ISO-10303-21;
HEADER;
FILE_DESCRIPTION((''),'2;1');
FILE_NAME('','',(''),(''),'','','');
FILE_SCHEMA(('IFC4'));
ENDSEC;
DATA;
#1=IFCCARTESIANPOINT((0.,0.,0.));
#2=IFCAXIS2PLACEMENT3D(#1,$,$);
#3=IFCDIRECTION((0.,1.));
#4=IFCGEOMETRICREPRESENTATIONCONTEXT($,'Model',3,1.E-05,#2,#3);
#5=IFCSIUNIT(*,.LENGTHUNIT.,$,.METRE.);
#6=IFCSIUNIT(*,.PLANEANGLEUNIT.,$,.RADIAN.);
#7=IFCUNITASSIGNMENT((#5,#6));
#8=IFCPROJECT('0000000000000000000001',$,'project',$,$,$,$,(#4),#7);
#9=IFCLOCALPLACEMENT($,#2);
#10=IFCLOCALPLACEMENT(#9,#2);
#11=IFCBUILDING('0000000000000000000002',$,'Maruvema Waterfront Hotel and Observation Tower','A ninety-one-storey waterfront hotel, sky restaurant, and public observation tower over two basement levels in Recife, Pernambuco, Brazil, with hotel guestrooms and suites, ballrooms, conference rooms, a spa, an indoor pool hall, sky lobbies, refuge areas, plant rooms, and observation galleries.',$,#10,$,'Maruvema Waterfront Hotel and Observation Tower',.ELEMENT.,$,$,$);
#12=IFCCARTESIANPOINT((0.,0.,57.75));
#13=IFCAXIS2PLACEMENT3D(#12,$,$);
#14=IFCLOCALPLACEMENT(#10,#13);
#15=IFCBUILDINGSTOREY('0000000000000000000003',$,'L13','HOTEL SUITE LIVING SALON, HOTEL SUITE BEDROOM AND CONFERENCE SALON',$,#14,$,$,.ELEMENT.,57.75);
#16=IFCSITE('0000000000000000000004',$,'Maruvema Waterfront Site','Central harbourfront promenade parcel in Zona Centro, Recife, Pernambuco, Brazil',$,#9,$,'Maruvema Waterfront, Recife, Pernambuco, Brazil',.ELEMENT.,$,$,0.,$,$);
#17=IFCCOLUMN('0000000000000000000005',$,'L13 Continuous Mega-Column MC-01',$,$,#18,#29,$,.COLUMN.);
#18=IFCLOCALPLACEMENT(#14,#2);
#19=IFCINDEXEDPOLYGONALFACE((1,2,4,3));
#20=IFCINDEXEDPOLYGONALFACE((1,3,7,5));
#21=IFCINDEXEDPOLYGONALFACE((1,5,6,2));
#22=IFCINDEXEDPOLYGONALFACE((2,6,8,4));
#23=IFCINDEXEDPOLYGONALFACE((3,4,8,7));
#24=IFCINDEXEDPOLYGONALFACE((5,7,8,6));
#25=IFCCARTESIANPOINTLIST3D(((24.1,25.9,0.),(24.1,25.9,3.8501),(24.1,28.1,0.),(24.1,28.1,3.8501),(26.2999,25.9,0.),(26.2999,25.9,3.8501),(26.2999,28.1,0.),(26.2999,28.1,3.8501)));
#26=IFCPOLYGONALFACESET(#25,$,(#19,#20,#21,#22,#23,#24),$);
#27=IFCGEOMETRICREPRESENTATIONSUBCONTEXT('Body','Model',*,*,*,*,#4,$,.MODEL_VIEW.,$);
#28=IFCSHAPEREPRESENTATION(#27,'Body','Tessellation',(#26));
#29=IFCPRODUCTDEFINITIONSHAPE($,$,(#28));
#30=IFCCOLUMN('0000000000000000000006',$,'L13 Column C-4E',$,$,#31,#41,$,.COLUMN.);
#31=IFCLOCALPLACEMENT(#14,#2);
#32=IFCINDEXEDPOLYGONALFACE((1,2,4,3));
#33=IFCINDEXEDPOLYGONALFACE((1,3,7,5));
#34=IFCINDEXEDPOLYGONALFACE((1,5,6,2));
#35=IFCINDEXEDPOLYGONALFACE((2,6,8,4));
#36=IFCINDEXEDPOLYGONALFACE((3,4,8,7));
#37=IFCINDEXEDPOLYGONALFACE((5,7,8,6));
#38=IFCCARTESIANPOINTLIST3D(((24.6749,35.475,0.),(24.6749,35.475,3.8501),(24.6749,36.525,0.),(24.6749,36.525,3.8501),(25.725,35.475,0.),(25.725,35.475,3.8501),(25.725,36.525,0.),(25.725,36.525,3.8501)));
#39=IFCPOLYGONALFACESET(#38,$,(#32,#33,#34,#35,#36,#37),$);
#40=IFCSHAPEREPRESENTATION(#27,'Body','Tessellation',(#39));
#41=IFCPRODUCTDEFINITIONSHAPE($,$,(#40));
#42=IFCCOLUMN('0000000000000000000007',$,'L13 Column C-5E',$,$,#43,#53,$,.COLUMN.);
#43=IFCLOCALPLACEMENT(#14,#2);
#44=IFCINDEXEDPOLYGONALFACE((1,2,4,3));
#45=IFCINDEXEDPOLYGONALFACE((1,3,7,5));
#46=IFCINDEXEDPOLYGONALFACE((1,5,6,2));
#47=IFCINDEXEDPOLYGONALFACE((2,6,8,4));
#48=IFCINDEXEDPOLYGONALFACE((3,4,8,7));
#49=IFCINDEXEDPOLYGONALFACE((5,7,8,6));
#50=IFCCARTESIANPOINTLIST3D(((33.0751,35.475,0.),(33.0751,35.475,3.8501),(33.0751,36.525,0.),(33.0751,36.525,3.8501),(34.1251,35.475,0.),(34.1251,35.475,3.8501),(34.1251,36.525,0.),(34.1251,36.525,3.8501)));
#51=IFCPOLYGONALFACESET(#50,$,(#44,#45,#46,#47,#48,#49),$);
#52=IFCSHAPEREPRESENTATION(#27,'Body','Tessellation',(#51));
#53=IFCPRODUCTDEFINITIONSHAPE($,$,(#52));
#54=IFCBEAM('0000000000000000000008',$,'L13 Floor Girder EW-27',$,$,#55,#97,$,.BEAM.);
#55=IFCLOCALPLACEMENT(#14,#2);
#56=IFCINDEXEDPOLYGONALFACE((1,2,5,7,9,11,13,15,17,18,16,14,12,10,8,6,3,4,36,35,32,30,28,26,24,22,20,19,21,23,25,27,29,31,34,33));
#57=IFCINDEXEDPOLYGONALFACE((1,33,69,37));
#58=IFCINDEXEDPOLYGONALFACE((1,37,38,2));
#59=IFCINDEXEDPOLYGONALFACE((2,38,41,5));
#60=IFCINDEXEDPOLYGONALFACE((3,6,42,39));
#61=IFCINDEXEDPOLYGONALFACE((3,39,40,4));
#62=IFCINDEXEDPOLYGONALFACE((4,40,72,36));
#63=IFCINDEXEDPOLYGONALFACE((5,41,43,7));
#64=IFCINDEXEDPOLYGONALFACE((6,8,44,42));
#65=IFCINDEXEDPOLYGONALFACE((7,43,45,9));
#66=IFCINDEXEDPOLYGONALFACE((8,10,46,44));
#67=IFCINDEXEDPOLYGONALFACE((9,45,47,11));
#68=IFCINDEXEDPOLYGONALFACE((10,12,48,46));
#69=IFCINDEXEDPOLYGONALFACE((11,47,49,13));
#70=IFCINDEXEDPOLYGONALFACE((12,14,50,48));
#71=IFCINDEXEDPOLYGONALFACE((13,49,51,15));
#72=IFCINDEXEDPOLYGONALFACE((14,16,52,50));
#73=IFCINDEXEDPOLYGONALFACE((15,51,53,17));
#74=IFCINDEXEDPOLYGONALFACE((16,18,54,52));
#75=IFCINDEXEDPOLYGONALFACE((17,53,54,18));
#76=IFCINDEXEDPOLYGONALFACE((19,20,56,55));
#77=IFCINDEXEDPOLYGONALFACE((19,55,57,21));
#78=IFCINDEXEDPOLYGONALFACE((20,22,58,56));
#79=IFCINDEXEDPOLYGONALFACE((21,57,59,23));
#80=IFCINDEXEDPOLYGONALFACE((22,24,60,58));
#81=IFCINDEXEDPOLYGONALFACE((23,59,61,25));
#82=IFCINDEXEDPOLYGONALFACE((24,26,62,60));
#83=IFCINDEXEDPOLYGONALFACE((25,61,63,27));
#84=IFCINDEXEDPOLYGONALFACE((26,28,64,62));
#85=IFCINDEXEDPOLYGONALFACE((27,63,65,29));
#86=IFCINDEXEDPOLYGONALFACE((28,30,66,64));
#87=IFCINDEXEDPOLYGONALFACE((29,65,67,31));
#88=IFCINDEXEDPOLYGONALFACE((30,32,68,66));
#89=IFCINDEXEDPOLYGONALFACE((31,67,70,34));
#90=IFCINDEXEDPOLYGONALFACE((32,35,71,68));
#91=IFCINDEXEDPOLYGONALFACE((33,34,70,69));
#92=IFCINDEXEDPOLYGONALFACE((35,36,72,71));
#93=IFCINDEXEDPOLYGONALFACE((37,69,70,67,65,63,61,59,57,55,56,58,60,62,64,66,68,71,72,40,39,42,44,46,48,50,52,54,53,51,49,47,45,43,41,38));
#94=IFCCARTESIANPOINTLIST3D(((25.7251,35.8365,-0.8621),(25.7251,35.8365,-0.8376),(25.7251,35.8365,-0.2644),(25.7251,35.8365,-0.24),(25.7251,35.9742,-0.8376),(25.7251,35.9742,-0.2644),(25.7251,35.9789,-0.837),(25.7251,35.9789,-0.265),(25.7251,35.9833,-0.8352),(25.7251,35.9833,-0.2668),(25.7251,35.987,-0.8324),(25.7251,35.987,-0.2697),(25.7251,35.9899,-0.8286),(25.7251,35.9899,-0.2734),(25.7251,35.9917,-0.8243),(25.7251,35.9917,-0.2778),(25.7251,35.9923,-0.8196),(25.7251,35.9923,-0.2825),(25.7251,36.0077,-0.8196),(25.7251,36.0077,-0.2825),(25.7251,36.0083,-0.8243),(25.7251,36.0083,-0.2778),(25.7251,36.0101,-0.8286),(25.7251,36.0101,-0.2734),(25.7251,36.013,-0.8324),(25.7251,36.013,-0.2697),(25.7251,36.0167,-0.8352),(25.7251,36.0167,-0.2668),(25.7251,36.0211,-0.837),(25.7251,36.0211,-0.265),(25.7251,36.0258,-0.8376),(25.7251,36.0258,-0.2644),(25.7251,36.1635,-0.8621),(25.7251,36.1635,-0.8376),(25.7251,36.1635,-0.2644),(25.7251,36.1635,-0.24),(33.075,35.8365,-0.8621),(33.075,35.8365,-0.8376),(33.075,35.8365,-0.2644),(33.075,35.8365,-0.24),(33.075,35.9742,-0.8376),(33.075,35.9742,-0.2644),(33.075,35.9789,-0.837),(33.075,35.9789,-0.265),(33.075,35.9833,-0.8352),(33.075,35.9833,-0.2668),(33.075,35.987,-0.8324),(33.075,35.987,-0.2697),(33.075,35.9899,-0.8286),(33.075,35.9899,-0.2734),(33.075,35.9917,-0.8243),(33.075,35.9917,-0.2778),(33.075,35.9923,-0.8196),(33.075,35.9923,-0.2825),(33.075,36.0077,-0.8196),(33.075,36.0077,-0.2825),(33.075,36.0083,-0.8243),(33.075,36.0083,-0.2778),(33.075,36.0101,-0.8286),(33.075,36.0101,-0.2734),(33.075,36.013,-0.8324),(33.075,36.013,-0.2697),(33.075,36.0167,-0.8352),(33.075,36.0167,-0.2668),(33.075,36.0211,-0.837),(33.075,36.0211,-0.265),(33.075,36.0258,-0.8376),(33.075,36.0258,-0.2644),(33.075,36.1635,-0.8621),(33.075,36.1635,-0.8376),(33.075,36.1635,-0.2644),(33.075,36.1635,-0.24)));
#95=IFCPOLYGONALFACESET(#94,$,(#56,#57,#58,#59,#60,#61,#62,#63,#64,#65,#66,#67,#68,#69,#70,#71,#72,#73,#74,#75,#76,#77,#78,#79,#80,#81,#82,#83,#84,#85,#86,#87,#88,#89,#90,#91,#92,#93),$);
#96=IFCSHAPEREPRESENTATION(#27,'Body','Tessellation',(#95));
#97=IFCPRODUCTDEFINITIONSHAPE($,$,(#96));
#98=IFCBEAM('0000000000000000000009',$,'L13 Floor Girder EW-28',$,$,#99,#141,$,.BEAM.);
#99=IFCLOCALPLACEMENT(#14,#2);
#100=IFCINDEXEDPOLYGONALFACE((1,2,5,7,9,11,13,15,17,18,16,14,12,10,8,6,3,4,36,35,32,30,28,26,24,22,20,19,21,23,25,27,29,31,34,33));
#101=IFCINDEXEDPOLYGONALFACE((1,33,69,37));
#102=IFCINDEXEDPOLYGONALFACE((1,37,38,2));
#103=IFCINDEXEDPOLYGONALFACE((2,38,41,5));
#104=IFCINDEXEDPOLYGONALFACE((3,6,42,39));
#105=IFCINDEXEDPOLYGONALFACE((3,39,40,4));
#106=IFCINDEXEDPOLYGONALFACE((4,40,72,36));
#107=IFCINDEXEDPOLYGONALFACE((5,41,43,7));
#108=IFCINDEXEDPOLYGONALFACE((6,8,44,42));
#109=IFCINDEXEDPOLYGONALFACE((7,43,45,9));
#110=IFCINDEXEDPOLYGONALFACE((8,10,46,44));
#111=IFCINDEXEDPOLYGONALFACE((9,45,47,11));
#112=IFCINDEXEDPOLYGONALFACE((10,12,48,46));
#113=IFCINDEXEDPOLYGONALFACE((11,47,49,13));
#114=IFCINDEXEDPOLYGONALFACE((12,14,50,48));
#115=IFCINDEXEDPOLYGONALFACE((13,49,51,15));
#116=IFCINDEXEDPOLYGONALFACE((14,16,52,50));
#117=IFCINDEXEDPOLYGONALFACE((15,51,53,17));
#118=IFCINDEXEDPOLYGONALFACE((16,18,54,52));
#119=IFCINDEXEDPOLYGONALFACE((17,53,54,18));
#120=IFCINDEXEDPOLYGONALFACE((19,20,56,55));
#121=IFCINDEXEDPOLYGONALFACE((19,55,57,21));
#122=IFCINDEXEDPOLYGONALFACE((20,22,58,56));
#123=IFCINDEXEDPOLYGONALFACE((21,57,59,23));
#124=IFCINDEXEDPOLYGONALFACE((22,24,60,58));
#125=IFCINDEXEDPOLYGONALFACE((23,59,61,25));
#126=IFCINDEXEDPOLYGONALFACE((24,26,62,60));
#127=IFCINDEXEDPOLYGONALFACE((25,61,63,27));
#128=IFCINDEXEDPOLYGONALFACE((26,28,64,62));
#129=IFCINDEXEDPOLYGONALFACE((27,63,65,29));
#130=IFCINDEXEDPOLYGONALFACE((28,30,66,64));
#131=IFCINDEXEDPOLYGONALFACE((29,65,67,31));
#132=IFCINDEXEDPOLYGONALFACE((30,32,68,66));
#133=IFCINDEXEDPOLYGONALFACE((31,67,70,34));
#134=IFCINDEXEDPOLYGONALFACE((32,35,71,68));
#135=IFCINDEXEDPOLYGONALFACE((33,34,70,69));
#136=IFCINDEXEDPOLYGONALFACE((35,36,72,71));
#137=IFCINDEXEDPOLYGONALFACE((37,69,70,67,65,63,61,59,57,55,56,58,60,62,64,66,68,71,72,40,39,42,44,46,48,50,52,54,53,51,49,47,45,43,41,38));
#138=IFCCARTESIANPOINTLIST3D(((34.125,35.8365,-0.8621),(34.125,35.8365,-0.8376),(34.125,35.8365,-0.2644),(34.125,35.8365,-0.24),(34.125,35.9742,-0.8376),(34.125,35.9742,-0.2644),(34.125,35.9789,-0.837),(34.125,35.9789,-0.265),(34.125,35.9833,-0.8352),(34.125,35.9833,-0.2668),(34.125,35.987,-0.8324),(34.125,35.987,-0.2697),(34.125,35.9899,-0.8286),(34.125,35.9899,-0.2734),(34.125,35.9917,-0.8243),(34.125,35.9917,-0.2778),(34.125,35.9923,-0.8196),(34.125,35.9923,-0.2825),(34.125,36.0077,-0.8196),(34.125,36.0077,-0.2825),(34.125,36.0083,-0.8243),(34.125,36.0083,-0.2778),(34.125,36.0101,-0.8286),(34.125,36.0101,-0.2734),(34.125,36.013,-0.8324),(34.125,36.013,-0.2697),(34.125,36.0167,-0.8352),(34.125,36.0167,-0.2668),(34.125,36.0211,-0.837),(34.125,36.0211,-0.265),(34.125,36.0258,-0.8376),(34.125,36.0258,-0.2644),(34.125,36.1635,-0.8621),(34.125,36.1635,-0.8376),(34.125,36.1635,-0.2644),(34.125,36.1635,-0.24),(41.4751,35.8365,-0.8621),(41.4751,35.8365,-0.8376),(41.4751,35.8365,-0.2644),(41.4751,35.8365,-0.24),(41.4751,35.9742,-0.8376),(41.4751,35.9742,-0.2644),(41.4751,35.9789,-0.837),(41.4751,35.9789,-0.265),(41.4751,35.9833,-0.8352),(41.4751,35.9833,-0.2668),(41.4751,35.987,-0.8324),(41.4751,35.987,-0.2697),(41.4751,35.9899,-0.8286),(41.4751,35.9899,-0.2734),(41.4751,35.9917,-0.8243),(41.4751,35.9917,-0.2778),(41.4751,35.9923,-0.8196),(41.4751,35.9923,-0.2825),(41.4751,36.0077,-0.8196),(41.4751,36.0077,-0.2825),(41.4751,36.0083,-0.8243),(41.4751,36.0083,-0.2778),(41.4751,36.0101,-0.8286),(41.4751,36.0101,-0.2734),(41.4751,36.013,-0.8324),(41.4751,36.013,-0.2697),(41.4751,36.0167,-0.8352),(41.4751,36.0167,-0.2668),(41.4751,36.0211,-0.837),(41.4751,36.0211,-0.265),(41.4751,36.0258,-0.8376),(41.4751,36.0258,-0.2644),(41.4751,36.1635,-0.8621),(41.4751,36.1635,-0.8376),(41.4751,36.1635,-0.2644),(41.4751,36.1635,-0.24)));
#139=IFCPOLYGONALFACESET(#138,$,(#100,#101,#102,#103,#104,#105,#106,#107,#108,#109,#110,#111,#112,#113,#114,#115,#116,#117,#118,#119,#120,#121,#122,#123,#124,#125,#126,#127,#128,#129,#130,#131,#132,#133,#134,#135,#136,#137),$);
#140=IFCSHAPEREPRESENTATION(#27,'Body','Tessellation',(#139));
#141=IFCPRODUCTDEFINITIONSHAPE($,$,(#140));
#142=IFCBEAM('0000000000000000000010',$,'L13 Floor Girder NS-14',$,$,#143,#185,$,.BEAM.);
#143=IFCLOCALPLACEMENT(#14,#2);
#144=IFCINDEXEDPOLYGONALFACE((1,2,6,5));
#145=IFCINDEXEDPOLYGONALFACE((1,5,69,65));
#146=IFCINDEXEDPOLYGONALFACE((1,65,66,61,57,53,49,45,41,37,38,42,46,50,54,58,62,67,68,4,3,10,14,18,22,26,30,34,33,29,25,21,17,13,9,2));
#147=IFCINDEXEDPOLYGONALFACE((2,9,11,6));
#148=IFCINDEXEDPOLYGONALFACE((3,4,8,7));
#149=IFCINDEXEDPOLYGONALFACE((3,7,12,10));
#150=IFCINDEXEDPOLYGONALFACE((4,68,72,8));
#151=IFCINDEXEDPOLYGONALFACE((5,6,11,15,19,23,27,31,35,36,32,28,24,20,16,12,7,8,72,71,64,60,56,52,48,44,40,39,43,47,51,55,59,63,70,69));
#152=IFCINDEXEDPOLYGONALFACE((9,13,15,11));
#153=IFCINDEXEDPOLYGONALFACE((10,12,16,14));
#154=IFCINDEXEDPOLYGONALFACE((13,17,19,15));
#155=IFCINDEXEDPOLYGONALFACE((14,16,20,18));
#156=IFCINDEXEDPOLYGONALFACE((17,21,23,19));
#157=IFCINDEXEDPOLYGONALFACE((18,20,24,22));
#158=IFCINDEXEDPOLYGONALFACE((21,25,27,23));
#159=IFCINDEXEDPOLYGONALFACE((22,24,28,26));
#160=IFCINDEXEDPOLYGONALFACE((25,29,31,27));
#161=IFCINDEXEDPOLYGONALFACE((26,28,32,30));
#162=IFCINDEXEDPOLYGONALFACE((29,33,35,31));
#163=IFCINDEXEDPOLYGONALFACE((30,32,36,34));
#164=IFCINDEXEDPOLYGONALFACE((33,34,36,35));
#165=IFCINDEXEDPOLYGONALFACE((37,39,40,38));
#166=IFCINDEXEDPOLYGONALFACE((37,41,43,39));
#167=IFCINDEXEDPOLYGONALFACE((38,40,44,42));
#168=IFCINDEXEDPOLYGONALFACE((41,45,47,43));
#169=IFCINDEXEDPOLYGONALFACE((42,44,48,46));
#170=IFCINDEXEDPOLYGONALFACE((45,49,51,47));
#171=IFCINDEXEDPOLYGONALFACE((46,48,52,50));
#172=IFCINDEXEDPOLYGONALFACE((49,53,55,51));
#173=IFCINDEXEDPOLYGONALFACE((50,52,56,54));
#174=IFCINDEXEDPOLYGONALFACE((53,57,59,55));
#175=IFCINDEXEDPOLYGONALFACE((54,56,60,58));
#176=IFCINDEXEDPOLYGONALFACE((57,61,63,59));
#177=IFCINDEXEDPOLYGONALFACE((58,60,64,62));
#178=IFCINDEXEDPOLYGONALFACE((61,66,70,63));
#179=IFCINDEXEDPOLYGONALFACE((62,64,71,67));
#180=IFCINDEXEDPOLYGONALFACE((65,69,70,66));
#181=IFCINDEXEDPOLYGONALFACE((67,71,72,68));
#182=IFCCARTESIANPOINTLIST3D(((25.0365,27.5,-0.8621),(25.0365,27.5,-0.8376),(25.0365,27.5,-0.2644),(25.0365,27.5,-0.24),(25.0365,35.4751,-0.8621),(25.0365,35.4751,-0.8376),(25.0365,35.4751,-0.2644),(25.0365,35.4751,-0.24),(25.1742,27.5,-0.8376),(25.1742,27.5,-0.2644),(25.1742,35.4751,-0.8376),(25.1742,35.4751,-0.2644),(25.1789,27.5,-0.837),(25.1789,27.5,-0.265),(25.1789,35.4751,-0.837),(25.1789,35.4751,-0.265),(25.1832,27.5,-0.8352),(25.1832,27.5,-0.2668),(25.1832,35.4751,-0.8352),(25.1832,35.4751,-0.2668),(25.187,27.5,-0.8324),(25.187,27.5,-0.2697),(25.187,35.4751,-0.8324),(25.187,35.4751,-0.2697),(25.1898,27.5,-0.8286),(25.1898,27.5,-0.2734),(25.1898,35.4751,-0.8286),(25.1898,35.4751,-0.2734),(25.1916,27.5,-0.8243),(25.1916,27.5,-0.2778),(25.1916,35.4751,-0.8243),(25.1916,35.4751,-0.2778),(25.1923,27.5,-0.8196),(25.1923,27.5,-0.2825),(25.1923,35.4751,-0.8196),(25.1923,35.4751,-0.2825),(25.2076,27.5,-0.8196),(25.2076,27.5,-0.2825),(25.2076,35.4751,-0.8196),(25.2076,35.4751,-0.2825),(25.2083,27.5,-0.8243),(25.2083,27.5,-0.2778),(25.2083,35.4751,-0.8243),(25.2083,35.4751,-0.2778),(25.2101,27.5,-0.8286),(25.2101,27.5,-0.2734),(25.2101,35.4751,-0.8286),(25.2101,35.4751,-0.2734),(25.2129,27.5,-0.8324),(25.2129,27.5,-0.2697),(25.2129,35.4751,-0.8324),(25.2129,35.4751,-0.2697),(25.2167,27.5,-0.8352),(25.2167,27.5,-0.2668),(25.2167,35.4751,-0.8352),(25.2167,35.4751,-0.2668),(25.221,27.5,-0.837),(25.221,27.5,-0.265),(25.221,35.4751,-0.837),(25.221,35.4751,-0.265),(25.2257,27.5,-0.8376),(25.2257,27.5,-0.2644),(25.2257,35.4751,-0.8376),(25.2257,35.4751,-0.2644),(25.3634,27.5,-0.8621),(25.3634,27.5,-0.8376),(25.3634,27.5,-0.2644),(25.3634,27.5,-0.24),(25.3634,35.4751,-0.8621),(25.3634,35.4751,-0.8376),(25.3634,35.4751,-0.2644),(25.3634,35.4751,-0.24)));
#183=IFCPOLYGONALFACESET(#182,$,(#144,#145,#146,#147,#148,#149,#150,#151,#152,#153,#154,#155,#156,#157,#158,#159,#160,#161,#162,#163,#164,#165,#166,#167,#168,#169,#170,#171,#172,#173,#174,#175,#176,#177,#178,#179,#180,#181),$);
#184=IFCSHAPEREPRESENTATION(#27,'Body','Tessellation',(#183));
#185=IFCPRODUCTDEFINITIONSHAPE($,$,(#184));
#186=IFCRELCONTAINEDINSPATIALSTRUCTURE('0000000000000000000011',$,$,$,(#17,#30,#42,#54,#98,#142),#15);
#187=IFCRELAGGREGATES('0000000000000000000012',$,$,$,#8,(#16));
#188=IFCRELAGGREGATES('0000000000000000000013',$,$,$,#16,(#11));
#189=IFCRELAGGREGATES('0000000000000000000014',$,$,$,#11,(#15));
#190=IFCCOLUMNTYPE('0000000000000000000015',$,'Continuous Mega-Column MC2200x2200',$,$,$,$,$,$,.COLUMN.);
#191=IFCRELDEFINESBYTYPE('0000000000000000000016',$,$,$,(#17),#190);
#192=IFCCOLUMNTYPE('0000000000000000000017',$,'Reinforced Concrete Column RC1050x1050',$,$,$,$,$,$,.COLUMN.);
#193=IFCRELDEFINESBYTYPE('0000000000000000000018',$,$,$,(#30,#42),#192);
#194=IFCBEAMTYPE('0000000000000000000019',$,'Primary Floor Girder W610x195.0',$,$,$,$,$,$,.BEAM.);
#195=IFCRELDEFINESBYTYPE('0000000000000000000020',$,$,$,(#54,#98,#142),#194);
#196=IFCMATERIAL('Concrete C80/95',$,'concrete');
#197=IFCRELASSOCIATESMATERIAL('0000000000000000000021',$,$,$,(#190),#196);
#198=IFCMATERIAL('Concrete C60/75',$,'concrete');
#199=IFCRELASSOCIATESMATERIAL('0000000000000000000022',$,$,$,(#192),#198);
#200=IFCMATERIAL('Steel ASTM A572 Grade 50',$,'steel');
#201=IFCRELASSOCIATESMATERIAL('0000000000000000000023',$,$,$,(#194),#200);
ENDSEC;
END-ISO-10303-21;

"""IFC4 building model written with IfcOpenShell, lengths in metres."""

from ifc_helpers import new_model, si_unit, direction, frame, origin, origin_2d, place, context, subcontext, project, spatial, rectangle, i_section, extrude, material, material_profile, profile_set, type_object, element, save


model = new_model("IFC4")

# Units and contexts
model_context = context("Model", 3, precision=1e-05, world=origin(), true_north=direction((0.0, 1.0)))
body_context = subcontext(model_context, "Body", "Model", "MODEL_VIEW")
ifc_project = project(units=[si_unit("LENGTHUNIT", "METRE"), si_unit("PLANEANGLEUNIT", "RADIAN")], contexts=[model_context])

# Site, building, storey
site_placement = place(None, origin())
site = spatial("IfcSite", under=ifc_project, at=site_placement, Name="Maruvema Waterfront Site", Description="Central harbourfront promenade parcel in Zona Centro, Recife, Pernambuco, Brazil", LongName="Maruvema Waterfront, Recife, Pernambuco, Brazil", CompositionType="ELEMENT", RefElevation=0.0)
building_placement = place(site_placement, origin())
building = spatial("IfcBuilding", under=site, at=building_placement, Name="Maruvema Waterfront Hotel and Observation Tower", Description="A ninety-one-storey waterfront hotel, sky restaurant, and public observation tower over two basement levels in Recife, Pernambuco, Brazil, with hotel guestrooms and suites, ballrooms, conference rooms, a spa, an indoor pool hall, sky lobbies, refuge areas, plant rooms, and observation galleries.", LongName="Maruvema Waterfront Hotel and Observation Tower", CompositionType="ELEMENT")
storey_placement = place(building_placement, frame((0.0, 0.0, 57.75)))
storey = spatial("IfcBuildingStorey", under=building, at=storey_placement, Name="L13", Description="HOTEL SUITE LIVING SALON, HOTEL SUITE BEDROOM AND CONFERENCE SALON", CompositionType="ELEMENT", Elevation=57.75)

# Columns
ifc_material_1 = material(Name="Concrete C80/95", Category="concrete")
ifc_material_profile_1 = material_profile(ifc_material_1, rectangle(XDim=2.2, YDim=2.2, at=origin_2d()), Name="MC2200x2200")
ifc_profile_set_1 = profile_set([ifc_material_profile_1], Name="Concrete C80/95")
column_type_1 = type_object("IfcColumnType", Name="Continuous Mega-Column MC2200x2200", PredefinedType="COLUMN", material=ifc_profile_set_1)
column_placement = place(storey_placement, frame((25.2, 27.0, 0.0), z_axis=(0.0, 0.0, 1.0), x_axis=(1.0, 0.0, 0.0)))
element("IfcColumn", 1, at=column_placement, inside=storey, type_object=column_type_1, Name="L13 Continuous Mega-Column MC-01", PredefinedType="COLUMN", context=body_context, shape_type="SweptSolid", body=[
    extrude(rectangle(XDim=2.2, YDim=2.2, at=origin_2d()), origin(), (0.0, 0.0, 1.0), 3.8501),
])
ifc_material_2 = material(Name="Concrete C60/75", Category="concrete")
ifc_material_profile_2 = material_profile(ifc_material_2, rectangle(XDim=1.05, YDim=1.05, at=origin_2d()), Name="RC1050x1050")
ifc_profile_set_2 = profile_set([ifc_material_profile_2], Name="Concrete C60/75")
column_type_2 = type_object("IfcColumnType", Name="Reinforced Concrete Column RC1050x1050", PredefinedType="COLUMN", material=ifc_profile_set_2)
for number, where, z_axis, x_axis, name in (
    (2, (25.2, 36.0, 0.0), (0.0, 0.0, 1.0), (1.0, 0.0, 0.0), "L13 Column C-4E"),
    (3, (33.6001, 36.0, 0.0), (0.0, 0.0, 1.0), (1.0, 0.0, 0.0), "L13 Column C-5E"),
):
    element("IfcColumn", number, at=place(storey_placement, frame(where, z_axis=z_axis, x_axis=x_axis)), inside=storey, type_object=column_type_2, Name=name, PredefinedType="COLUMN", context=body_context, shape_type="SweptSolid", body=[
        extrude(rectangle(XDim=1.05, YDim=1.05, at=origin_2d()), origin(), (0.0, 0.0, 1.0), 3.8501),
    ])

# Beams
ifc_material_3 = material(Name="Steel ASTM A572 Grade 50", Category="steel")
ifc_material_profile_3 = material_profile(ifc_material_3, i_section(OverallWidth=0.3269, OverallDepth=0.6221, WebThickness=0.0154, FlangeThickness=0.0244, FilletRadius=0.0181, at=origin_2d()), Name="W610x195.0")
ifc_profile_set_3 = profile_set([ifc_material_profile_3], Name="Steel ASTM A572 Grade 50")
beam_type_1 = type_object("IfcBeamType", Name="Primary Floor Girder W610x195.0", PredefinedType="BEAM", material=ifc_profile_set_3)
beam_1_placement = place(storey_placement, frame((25.7251, 36.0, -0.551), z_axis=(1.0, 0.0, 0.0), x_axis=(0.0, 1.0, 0.0)))
element("IfcBeam", 4, at=beam_1_placement, inside=storey, type_object=beam_type_1, Name="L13 Floor Girder EW-27", PredefinedType="BEAM", context=body_context, shape_type="SweptSolid", body=[
    extrude(i_section(OverallWidth=0.3269, OverallDepth=0.6221, WebThickness=0.0154, FlangeThickness=0.0244, FilletRadius=0.0181, at=origin_2d()), origin(), (0.0, 0.0, 1.0), 7.3499),
])
beam_2_placement = place(storey_placement, frame((34.125, 36.0, -0.551), z_axis=(1.0, 0.0, 0.0), x_axis=(0.0, 1.0, 0.0)))
element("IfcBeam", 5, at=beam_2_placement, inside=storey, type_object=beam_type_1, Name="L13 Floor Girder EW-28", PredefinedType="BEAM", context=body_context, shape_type="SweptSolid", body=[
    extrude(i_section(OverallWidth=0.3269, OverallDepth=0.6221, WebThickness=0.0154, FlangeThickness=0.0244, FilletRadius=0.0181, at=origin_2d()), origin(), (0.0, 0.0, 1.0), 7.3501),
])
for number, where, z_axis, x_axis, name in (
    (6, (25.2, 27.5, -0.551), (0.0, 1.0, 0.0), (-1.0, 0.0, 0.0), "L13 Floor Girder NS-14"),
):
    element("IfcBeam", number, at=place(storey_placement, frame(where, z_axis=z_axis, x_axis=x_axis)), inside=storey, type_object=beam_type_1, Name=name, PredefinedType="BEAM", context=body_context, shape_type="SweptSolid", body=[
        extrude(i_section(OverallWidth=0.3269, OverallDepth=0.6221, WebThickness=0.0154, FlangeThickness=0.0244, FilletRadius=0.0181, at=origin_2d()), origin(), (0.0, 0.0, 1.0), 7.9751),
    ])

save(model, "model.ifc")
